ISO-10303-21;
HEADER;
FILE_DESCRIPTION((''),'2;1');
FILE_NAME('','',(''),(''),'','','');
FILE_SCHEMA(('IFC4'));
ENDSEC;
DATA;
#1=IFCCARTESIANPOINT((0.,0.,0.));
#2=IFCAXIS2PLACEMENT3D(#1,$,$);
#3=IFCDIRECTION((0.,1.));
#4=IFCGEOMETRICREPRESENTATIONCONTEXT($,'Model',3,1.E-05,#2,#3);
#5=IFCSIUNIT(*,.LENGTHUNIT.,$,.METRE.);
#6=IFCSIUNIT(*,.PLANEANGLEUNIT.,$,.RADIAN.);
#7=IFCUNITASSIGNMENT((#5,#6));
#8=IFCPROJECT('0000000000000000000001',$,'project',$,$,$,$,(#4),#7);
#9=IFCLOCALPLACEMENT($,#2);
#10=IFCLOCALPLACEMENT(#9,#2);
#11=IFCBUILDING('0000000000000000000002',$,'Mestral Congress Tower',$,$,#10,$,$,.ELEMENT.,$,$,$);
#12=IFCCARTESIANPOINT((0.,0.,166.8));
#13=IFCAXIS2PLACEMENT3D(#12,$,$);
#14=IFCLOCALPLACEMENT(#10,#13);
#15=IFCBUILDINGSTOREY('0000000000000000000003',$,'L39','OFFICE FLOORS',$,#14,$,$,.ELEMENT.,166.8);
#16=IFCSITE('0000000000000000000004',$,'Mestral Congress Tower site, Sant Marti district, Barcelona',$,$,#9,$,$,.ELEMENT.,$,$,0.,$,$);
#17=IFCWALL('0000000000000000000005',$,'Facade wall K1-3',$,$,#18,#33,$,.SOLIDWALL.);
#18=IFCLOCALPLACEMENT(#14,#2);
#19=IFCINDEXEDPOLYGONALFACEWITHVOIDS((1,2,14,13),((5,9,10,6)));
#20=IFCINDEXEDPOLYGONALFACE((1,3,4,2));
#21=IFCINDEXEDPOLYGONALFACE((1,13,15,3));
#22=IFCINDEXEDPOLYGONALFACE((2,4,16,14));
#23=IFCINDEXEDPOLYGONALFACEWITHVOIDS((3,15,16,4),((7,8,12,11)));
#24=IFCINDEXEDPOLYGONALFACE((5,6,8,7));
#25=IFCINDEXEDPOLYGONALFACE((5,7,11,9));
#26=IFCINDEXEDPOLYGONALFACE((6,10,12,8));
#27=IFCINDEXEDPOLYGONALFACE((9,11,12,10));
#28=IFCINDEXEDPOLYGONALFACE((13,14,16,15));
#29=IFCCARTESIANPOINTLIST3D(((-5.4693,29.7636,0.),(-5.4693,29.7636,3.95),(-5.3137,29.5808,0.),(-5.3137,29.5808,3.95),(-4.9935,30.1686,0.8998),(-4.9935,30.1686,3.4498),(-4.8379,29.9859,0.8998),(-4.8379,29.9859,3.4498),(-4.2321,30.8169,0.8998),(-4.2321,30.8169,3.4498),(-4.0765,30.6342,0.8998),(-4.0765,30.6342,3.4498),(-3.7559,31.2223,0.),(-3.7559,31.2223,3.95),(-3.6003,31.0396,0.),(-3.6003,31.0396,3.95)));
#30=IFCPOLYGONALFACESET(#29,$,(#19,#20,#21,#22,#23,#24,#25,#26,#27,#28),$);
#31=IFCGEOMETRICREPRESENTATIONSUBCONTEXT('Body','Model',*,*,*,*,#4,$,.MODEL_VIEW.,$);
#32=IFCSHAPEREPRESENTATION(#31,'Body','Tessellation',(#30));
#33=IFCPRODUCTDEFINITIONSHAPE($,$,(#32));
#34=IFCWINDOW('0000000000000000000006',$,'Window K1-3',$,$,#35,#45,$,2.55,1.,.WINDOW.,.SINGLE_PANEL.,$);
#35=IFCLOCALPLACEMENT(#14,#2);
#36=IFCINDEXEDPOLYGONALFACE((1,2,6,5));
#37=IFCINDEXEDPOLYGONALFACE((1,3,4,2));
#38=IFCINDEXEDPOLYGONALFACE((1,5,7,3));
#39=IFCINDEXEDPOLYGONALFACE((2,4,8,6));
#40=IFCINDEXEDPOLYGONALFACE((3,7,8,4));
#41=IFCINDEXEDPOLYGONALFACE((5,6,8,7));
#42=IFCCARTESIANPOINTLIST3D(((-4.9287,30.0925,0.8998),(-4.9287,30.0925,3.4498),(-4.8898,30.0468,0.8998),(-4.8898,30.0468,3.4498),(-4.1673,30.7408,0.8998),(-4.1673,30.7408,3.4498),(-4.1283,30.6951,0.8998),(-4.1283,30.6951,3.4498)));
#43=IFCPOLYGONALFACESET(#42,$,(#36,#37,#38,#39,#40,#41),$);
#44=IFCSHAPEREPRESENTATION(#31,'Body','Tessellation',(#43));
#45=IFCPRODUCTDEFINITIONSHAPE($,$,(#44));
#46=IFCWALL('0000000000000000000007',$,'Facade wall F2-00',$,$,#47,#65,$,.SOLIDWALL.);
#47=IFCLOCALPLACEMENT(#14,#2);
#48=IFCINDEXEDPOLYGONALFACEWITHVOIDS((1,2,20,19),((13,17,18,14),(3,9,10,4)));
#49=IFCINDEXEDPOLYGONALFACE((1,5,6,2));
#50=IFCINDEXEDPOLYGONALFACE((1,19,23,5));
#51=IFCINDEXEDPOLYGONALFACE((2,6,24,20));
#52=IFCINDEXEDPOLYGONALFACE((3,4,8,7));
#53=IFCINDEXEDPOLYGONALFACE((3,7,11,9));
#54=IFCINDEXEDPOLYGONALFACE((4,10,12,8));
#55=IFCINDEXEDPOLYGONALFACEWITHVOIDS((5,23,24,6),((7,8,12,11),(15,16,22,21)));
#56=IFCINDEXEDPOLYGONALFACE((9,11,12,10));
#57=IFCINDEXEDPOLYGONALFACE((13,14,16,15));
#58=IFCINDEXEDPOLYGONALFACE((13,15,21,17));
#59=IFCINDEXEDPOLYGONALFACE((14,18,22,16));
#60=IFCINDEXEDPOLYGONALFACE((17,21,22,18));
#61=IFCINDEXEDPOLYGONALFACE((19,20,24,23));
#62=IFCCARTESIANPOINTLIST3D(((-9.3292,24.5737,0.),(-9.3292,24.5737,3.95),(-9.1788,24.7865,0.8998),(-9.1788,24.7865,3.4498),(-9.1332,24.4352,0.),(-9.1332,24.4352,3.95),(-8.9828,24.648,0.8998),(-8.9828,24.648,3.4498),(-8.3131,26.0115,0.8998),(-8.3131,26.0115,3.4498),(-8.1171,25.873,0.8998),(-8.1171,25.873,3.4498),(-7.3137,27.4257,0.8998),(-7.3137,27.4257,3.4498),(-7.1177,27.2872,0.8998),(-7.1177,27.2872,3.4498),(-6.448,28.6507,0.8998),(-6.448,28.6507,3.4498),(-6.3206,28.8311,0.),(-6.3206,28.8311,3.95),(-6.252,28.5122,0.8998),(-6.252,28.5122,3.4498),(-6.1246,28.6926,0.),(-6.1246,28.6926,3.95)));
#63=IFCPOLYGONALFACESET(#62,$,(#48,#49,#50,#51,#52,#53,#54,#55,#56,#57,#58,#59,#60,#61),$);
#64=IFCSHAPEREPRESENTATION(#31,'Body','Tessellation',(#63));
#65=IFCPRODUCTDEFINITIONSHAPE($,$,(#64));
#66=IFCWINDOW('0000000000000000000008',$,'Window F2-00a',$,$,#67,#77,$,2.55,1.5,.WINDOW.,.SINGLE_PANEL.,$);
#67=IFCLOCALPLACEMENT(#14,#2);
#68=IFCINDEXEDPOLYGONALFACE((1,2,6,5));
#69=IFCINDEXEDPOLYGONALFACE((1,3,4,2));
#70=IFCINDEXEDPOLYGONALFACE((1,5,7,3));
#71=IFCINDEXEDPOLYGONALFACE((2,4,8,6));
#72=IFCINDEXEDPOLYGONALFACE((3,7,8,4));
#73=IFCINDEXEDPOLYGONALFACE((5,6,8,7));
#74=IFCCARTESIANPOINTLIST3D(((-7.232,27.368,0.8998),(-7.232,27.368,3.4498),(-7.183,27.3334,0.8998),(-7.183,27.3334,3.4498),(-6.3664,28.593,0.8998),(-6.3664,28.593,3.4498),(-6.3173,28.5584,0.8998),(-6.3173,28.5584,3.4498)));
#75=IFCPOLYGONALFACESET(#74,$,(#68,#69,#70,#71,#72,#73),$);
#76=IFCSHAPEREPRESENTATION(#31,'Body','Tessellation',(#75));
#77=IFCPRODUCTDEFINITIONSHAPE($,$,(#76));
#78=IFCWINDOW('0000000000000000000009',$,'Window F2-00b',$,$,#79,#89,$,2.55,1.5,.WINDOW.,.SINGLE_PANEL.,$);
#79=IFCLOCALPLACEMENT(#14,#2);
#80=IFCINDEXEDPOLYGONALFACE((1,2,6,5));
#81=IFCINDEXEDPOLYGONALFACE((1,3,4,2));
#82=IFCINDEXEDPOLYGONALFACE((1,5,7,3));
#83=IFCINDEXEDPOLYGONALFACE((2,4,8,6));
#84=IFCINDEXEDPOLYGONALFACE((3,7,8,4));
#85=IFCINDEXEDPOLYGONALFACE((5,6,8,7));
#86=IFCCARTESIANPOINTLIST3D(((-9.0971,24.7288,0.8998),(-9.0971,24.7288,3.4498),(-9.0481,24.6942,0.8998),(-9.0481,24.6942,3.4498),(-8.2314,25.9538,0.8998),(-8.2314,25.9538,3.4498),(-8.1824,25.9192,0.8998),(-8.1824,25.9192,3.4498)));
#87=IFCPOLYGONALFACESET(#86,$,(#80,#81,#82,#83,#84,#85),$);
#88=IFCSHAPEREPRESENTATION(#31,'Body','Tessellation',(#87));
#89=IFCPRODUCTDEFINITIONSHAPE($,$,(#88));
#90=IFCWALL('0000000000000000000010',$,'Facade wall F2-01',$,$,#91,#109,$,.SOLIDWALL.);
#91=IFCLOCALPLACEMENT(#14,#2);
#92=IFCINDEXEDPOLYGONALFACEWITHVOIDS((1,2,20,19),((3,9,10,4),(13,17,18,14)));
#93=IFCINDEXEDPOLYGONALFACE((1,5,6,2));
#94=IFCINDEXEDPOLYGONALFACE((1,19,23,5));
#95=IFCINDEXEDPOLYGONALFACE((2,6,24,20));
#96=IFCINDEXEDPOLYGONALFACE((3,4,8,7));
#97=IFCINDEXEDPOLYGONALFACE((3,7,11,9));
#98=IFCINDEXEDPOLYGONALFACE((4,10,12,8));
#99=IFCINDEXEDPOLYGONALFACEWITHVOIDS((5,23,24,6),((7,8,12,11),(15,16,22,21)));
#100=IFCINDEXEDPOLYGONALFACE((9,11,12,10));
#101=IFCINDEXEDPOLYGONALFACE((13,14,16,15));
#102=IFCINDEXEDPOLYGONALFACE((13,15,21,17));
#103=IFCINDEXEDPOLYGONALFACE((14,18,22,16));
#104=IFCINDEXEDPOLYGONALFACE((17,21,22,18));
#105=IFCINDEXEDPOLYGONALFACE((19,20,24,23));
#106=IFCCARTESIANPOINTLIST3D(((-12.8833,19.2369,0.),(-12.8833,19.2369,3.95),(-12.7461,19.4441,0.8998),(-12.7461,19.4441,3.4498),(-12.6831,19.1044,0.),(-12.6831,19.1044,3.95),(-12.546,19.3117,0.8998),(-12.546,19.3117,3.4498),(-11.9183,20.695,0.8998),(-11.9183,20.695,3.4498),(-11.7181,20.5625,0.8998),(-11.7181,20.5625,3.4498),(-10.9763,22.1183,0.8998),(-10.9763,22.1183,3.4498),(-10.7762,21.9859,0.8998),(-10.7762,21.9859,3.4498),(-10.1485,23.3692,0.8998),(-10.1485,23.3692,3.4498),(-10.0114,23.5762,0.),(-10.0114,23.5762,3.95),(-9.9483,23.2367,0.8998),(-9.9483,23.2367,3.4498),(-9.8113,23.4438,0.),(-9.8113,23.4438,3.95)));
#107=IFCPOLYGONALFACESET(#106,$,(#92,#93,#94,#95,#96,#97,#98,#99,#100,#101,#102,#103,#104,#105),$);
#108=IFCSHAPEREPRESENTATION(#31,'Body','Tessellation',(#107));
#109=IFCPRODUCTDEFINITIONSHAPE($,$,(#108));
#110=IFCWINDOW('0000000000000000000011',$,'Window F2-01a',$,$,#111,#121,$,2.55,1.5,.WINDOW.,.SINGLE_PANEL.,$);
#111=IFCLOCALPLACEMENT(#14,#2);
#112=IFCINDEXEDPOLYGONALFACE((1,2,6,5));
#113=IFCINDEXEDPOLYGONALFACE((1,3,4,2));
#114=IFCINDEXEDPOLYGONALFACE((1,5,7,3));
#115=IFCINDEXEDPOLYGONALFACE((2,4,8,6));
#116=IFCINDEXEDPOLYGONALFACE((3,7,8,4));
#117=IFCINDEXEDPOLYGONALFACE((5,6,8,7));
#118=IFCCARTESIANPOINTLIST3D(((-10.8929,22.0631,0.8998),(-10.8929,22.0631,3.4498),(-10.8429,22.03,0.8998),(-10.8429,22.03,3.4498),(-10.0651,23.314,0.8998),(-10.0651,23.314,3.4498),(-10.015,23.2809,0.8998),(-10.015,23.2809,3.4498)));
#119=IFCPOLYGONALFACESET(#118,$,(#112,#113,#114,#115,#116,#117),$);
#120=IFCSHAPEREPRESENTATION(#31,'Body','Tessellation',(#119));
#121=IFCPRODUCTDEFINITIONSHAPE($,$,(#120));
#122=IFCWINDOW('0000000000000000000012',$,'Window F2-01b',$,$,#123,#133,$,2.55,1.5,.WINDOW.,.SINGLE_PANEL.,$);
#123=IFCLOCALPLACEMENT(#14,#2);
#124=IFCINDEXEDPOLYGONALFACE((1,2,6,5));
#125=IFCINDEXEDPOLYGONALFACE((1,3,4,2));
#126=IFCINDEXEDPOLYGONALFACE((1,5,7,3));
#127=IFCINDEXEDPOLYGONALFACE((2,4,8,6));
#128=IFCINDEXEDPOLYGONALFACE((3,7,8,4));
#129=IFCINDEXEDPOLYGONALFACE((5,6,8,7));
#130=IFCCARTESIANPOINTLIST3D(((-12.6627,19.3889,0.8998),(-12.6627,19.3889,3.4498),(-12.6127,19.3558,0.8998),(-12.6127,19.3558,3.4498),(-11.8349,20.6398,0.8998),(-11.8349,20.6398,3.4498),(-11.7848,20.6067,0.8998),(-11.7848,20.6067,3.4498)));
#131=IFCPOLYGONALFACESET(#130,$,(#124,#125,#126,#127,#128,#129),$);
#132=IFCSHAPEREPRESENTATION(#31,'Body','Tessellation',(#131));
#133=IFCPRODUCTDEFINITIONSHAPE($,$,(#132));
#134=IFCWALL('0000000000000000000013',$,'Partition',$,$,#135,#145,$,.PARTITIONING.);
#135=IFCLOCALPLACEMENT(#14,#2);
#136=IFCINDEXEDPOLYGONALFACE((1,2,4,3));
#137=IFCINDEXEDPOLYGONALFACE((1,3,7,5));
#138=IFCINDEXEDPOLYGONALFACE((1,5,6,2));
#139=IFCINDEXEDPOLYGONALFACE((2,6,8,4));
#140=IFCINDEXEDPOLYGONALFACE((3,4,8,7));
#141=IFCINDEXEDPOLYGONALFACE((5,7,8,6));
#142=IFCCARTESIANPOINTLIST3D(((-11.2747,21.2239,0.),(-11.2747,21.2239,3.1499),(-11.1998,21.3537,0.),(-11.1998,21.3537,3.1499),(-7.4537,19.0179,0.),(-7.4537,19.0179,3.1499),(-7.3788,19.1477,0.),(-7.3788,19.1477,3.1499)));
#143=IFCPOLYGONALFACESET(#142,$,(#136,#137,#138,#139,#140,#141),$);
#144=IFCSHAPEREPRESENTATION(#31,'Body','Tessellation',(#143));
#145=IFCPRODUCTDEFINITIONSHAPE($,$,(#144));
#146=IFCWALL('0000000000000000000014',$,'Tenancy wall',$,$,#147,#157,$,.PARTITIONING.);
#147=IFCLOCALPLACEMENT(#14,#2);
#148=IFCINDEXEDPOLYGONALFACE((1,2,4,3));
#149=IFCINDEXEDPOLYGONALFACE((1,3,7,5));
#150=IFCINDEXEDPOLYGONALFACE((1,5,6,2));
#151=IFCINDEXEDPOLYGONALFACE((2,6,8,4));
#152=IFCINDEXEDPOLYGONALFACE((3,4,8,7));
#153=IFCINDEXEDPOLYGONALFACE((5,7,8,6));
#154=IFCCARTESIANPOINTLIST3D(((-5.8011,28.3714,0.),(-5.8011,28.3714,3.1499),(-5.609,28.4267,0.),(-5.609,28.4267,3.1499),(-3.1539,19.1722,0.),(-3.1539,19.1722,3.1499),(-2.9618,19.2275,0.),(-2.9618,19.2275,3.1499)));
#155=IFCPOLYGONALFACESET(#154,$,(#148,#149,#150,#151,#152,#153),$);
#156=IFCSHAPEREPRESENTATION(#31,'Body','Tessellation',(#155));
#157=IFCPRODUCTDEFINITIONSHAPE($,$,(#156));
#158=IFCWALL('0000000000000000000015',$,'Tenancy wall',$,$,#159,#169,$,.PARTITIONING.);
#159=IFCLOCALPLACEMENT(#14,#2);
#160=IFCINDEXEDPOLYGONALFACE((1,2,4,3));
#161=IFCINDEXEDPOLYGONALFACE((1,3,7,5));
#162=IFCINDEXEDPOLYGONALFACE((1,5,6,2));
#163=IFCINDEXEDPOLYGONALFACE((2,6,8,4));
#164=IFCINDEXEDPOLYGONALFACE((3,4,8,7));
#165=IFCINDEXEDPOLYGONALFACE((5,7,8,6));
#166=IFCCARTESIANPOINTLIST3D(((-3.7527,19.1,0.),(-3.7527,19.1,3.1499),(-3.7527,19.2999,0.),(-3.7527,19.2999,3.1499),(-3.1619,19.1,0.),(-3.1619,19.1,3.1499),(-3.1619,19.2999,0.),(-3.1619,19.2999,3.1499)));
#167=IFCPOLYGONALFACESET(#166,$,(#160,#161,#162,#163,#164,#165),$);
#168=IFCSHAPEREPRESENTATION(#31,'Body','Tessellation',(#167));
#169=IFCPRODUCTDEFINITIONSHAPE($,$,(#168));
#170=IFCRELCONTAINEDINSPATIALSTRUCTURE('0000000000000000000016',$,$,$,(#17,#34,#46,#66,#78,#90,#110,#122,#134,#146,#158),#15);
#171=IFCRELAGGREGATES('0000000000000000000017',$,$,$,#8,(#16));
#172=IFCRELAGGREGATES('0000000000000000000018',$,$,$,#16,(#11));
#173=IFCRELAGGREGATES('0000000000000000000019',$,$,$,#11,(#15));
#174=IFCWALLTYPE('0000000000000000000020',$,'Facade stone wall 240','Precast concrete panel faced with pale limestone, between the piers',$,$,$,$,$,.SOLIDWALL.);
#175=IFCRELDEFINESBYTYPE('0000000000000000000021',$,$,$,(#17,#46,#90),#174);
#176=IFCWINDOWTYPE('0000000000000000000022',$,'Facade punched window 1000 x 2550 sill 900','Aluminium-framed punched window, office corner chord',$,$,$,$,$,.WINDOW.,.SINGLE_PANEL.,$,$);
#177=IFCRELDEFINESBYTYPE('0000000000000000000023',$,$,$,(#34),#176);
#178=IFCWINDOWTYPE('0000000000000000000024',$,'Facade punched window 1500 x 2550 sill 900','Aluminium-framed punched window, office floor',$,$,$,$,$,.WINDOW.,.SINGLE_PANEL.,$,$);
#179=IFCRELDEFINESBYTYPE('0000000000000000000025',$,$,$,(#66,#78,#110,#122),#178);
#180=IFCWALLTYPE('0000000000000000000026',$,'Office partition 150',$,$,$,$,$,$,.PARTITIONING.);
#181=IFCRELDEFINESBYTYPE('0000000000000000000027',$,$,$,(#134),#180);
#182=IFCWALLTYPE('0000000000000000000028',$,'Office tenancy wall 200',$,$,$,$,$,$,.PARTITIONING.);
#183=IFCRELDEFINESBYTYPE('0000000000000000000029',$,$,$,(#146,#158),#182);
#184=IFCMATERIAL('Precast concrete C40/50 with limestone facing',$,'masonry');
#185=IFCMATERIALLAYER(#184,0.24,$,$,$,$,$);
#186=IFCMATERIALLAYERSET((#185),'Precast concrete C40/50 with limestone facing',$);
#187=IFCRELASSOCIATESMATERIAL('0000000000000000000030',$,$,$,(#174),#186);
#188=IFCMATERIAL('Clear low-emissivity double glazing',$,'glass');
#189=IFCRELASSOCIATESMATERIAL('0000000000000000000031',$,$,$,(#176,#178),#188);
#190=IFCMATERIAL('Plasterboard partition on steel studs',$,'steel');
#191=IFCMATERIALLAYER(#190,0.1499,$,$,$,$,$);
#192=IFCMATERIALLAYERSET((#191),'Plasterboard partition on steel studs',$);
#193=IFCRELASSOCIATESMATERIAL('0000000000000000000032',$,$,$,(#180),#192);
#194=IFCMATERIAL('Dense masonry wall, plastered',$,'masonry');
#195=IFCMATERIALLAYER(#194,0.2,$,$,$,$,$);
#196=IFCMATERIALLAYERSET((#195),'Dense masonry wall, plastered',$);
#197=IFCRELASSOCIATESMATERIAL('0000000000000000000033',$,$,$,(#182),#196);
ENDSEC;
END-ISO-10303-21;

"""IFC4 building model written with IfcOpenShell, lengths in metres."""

from ifc_helpers import new_model, si_unit, direction, frame, frame_2d, origin, place, context, subcontext, project, spatial, rectangle, extrude, material, layer, layer_set, type_object, element, fill, save


model = new_model("IFC4")

# Units and contexts
model_context = context("Model", 3, precision=1e-05, world=origin(), true_north=direction((0.0, 1.0)))
body_context = subcontext(model_context, "Body", "Model", "MODEL_VIEW")
ifc_project = project(units=[si_unit("LENGTHUNIT", "METRE"), si_unit("PLANEANGLEUNIT", "RADIAN")], contexts=[model_context])

# Site, building, storey
site_placement = place(None, origin())
site = spatial("IfcSite", under=ifc_project, at=site_placement, Name="Mestral Congress Tower site, Sant Marti district, Barcelona", CompositionType="ELEMENT", RefElevation=0.0)
building_placement = place(site_placement, origin())
building = spatial("IfcBuilding", under=site, at=building_placement, Name="Mestral Congress Tower", CompositionType="ELEMENT")
storey_placement = place(building_placement, frame((0.0, 0.0, 166.8)))
storey = spatial("IfcBuildingStorey", under=building, at=storey_placement, Name="L39", Description="OFFICE FLOORS", CompositionType="ELEMENT", Elevation=166.8)

# Wall, opening, window
ifc_material_1 = material(Name="Precast concrete C40/50 with limestone facing", Category="masonry")
ifc_layer_1 = layer(ifc_material_1, 0.24)
ifc_layer_set_1 = layer_set([ifc_layer_1], Name="Precast concrete C40/50 with limestone facing")
wall_type_1 = type_object("IfcWallType", Name="Facade stone wall 240", Description="Precast concrete panel faced with pale limestone, between the piers", PredefinedType="SOLIDWALL", material=ifc_layer_set_1)
ifc_material_2 = material(Name="Clear low-emissivity double glazing", Category="glass")
window_type_1 = type_object("IfcWindowType", Name="Facade punched window 1000 x 2550 sill 900", Description="Aluminium-framed punched window, office corner chord", PartitioningType="SINGLE_PANEL", PredefinedType="WINDOW", material=ifc_material_2)
wall_1_placement = place(storey_placement, frame((-3.6782, 31.1309, 0.0), z_axis=(0.0, 0.0, 1.0), x_axis=(-0.76142, -0.648259, 0.0)))
wall_1 = element("IfcWall", 1, at=wall_1_placement, inside=storey, type_object=wall_type_1, Name="Facade wall K1-3", PredefinedType="SOLIDWALL", context=body_context, shape_type="SweptSolid", body=[
    extrude(rectangle(XDim=2.2502, YDim=0.24, at=frame_2d((1.125, 0.0))), origin(), (0.0, 0.0, 1.0), 3.95),
])
opening_1_placement = place(wall_1_placement, frame((0.6252, 0.0, 0.8999)))
opening_1 = element("IfcOpeningElement", 2, at=opening_1_placement, cuts=wall_1, PredefinedType="OPENING", context=body_context, shape_type="SweptSolid", body=[
    extrude(rectangle(XDim=1.0, YDim=2.55, at=frame_2d((0.5, 1.2749))), frame((0.0, 0.1299, 0.0), z_axis=(0.0, -1.0, 0.0), x_axis=(1.0, 0.0, 0.0)), (0.0, 0.0, 1.0), 0.26),
])
window_1_placement = place(opening_1_placement, origin())
window_1 = element("IfcWindow", 3, at=window_1_placement, inside=storey, type_object=window_type_1, Name="Window K1-3", OverallHeight=2.55, OverallWidth=1.0, PartitioningType="SINGLE_PANEL", PredefinedType="WINDOW", context=body_context, shape_type="SweptSolid", body=[
    extrude(rectangle(XDim=1.0, YDim=2.55, at=frame_2d((0.5, 1.2749))), frame((0.0, 0.04, 0.0), z_axis=(0.0, -1.0, 0.0), x_axis=(1.0, 0.0, 0.0)), (0.0, 0.0, 1.0), 0.0601),
])
fill(opening_1, window_1)

# Walls, openings, windows
wall_2_placement = place(storey_placement, frame((-6.2227, 28.7617, 0.0), z_axis=(0.0, 0.0, 1.0), x_axis=(-0.577115, -0.816663, 0.0)))
wall_2 = element("IfcWall", 4, at=wall_2_placement, inside=storey, type_object=wall_type_1, Name="Facade wall F2-00", PredefinedType="SOLIDWALL", context=body_context, shape_type="SweptSolid", body=[
    extrude(rectangle(XDim=5.2131, YDim=0.24, at=frame_2d((2.6064, 0.0))), origin(), (0.0, 0.0, 1.0), 3.95),
])
opening_2_placement = place(wall_2_placement, frame((0.2207, 0.0, 0.8999)))
opening_2 = element("IfcOpeningElement", 5, at=opening_2_placement, cuts=wall_2, PredefinedType="OPENING", context=body_context, shape_type="SweptSolid", body=[
    extrude(rectangle(XDim=1.5, YDim=2.55, at=frame_2d((0.75, 1.2749))), frame((0.0, 0.1299, 0.0), z_axis=(0.0, -1.0, 0.0), x_axis=(1.0, 0.0, 0.0)), (0.0, 0.0, 1.0), 0.26),
])
opening_3_placement = place(wall_2_placement, frame((3.4524, 0.0, 0.8999)))
opening_3 = element("IfcOpeningElement", 6, at=opening_3_placement, cuts=wall_2, PredefinedType="OPENING", context=body_context, shape_type="SweptSolid", body=[
    extrude(rectangle(XDim=1.5, YDim=2.55, at=frame_2d((0.75, 1.2749))), frame((0.0, 0.1299, 0.0), z_axis=(0.0, -1.0, 0.0), x_axis=(1.0, 0.0, 0.0)), (0.0, 0.0, 1.0), 0.26),
])
window_type_2 = type_object("IfcWindowType", Name="Facade punched window 1500 x 2550 sill 900", Description="Aluminium-framed punched window, office floor", PartitioningType="SINGLE_PANEL", PredefinedType="WINDOW", material=ifc_material_2)
window_2_placement = place(opening_2_placement, origin())
window_2 = element("IfcWindow", 7, at=window_2_placement, inside=storey, type_object=window_type_2, Name="Window F2-00a", OverallHeight=2.55, OverallWidth=1.5, PartitioningType="SINGLE_PANEL", PredefinedType="WINDOW", context=body_context, shape_type="SweptSolid", body=[
    extrude(rectangle(XDim=1.5, YDim=2.55, at=frame_2d((0.75, 1.2749))), frame((0.0, 0.04, 0.0), z_axis=(0.0, -1.0, 0.0), x_axis=(1.0, 0.0, 0.0)), (0.0, 0.0, 1.0), 0.0601),
])
fill(opening_2, window_2)
window_3_placement = place(opening_3_placement, origin())
window_3 = element("IfcWindow", 8, at=window_3_placement, inside=storey, type_object=window_type_2, Name="Window F2-00b", OverallHeight=2.55, OverallWidth=1.5, PartitioningType="SINGLE_PANEL", PredefinedType="WINDOW", context=body_context, shape_type="SweptSolid", body=[
    extrude(rectangle(XDim=1.5, YDim=2.55, at=frame_2d((0.75, 1.2749))), frame((0.0, 0.04, 0.0), z_axis=(0.0, -1.0, 0.0), x_axis=(1.0, 0.0, 0.0)), (0.0, 0.0, 1.0), 0.0601),
])
fill(opening_3, window_3)
wall_3_placement = place(storey_placement, frame((-9.9114, 23.51, 0.0), z_axis=(0.0, 0.0, 1.0), x_axis=(-0.551893, -0.833915, 0.0)))
wall_3 = element("IfcWall", 9, at=wall_3_placement, inside=storey, type_object=wall_type_1, Name="Facade wall F2-01", PredefinedType="SOLIDWALL", context=body_context, shape_type="SweptSolid", body=[
    extrude(rectangle(XDim=5.2036, YDim=0.24, at=frame_2d((2.6018, 0.0))), origin(), (0.0, 0.0, 1.0), 3.95),
])
opening_4_placement = place(wall_3_placement, frame((0.2483, 0.0, 0.8999)))
opening_4 = element("IfcOpeningElement", 10, at=opening_4_placement, cuts=wall_3, PredefinedType="OPENING", context=body_context, shape_type="SweptSolid", body=[
    extrude(rectangle(XDim=1.5, YDim=2.55, at=frame_2d((0.75, 1.2749))), frame((0.0, 0.1299, 0.0), z_axis=(0.0, -1.0, 0.0), x_axis=(1.0, 0.0, 0.0)), (0.0, 0.0, 1.0), 0.26),
])
opening_5_placement = place(wall_3_placement, frame((3.4551, 0.0, 0.8999)))
opening_5 = element("IfcOpeningElement", 11, at=opening_5_placement, cuts=wall_3, PredefinedType="OPENING", context=body_context, shape_type="SweptSolid", body=[
    extrude(rectangle(XDim=1.5, YDim=2.55, at=frame_2d((0.75, 1.2749))), frame((0.0, 0.1299, 0.0), z_axis=(0.0, -1.0, 0.0), x_axis=(1.0, 0.0, 0.0)), (0.0, 0.0, 1.0), 0.26),
])
window_4_placement = place(opening_4_placement, origin())
window_4 = element("IfcWindow", 12, at=window_4_placement, inside=storey, type_object=window_type_2, Name="Window F2-01a", OverallHeight=2.55, OverallWidth=1.5, PartitioningType="SINGLE_PANEL", PredefinedType="WINDOW", context=body_context, shape_type="SweptSolid", body=[
    extrude(rectangle(XDim=1.5, YDim=2.55, at=frame_2d((0.75, 1.2749))), frame((0.0, 0.04, 0.0), z_axis=(0.0, -1.0, 0.0), x_axis=(1.0, 0.0, 0.0)), (0.0, 0.0, 1.0), 0.0601),
])
fill(opening_4, window_4)
window_5_placement = place(opening_5_placement, origin())
window_5 = element("IfcWindow", 13, at=window_5_placement, inside=storey, type_object=window_type_2, Name="Window F2-01b", OverallHeight=2.55, OverallWidth=1.5, PartitioningType="SINGLE_PANEL", PredefinedType="WINDOW", context=body_context, shape_type="SweptSolid", body=[
    extrude(rectangle(XDim=1.5, YDim=2.55, at=frame_2d((0.75, 1.2749))), frame((0.0, 0.04, 0.0), z_axis=(0.0, -1.0, 0.0), x_axis=(1.0, 0.0, 0.0)), (0.0, 0.0, 1.0), 0.0601),
])
fill(opening_5, window_5)

# Walls
ifc_material_3 = material(Name="Plasterboard partition on steel studs", Category="steel")
ifc_layer_2 = layer(ifc_material_3, 0.1499)
ifc_layer_set_2 = layer_set([ifc_layer_2], Name="Plasterboard partition on steel studs")
wall_type_2 = type_object("IfcWallType", Name="Office partition 150", PredefinedType="PARTITIONING", material=ifc_layer_set_2)
wall_4_placement = place(storey_placement, frame((-7.4163, 19.0828, 0.0), z_axis=(0.0, 0.0, 1.0), x_axis=(-0.866028, 0.499995, 0.0)))
element("IfcWall", 14, at=wall_4_placement, inside=storey, type_object=wall_type_2, Name="Partition", PredefinedType="PARTITIONING", context=body_context, shape_type="SweptSolid", body=[
    extrude(rectangle(XDim=4.4121, YDim=0.1499, at=frame_2d((2.2061, 0.0))), origin(), (0.0, 0.0, 1.0), 3.1499),
])
ifc_material_4 = material(Name="Dense masonry wall, plastered", Category="masonry")
ifc_layer_3 = layer(ifc_material_4, 0.2)
ifc_layer_set_3 = layer_set([ifc_layer_3], Name="Dense masonry wall, plastered")
wall_type_3 = type_object("IfcWallType", Name="Office tenancy wall 200", PredefinedType="PARTITIONING", material=ifc_layer_set_3)
wall_5_placement = place(storey_placement, frame((-3.0579, 19.2, 0.0), z_axis=(0.0, 0.0, 1.0), x_axis=(-0.276543, 0.961002, 0.0)))
element("IfcWall", 15, at=wall_5_placement, inside=storey, type_object=wall_type_3, Name="Tenancy wall", PredefinedType="PARTITIONING", context=body_context, shape_type="SweptSolid", body=[
    extrude(rectangle(XDim=9.5725, YDim=0.2, at=frame_2d((4.7861, 0.0))), origin(), (0.0, 0.0, 1.0), 3.1499),
])
wall_6_placement = place(storey_placement, frame((-3.1619, 19.2, 0.0), z_axis=(0.0, 0.0, 1.0), x_axis=(-1.0, 0.0, 0.0)))
element("IfcWall", 16, at=wall_6_placement, inside=storey, type_object=wall_type_3, Name="Tenancy wall", PredefinedType="PARTITIONING", context=body_context, shape_type="SweptSolid", body=[
    extrude(rectangle(XDim=0.5908, YDim=0.2, at=frame_2d((0.2954, 0.0))), origin(), (0.0, 0.0, 1.0), 3.1499),
])

save(model, "model.ifc")
